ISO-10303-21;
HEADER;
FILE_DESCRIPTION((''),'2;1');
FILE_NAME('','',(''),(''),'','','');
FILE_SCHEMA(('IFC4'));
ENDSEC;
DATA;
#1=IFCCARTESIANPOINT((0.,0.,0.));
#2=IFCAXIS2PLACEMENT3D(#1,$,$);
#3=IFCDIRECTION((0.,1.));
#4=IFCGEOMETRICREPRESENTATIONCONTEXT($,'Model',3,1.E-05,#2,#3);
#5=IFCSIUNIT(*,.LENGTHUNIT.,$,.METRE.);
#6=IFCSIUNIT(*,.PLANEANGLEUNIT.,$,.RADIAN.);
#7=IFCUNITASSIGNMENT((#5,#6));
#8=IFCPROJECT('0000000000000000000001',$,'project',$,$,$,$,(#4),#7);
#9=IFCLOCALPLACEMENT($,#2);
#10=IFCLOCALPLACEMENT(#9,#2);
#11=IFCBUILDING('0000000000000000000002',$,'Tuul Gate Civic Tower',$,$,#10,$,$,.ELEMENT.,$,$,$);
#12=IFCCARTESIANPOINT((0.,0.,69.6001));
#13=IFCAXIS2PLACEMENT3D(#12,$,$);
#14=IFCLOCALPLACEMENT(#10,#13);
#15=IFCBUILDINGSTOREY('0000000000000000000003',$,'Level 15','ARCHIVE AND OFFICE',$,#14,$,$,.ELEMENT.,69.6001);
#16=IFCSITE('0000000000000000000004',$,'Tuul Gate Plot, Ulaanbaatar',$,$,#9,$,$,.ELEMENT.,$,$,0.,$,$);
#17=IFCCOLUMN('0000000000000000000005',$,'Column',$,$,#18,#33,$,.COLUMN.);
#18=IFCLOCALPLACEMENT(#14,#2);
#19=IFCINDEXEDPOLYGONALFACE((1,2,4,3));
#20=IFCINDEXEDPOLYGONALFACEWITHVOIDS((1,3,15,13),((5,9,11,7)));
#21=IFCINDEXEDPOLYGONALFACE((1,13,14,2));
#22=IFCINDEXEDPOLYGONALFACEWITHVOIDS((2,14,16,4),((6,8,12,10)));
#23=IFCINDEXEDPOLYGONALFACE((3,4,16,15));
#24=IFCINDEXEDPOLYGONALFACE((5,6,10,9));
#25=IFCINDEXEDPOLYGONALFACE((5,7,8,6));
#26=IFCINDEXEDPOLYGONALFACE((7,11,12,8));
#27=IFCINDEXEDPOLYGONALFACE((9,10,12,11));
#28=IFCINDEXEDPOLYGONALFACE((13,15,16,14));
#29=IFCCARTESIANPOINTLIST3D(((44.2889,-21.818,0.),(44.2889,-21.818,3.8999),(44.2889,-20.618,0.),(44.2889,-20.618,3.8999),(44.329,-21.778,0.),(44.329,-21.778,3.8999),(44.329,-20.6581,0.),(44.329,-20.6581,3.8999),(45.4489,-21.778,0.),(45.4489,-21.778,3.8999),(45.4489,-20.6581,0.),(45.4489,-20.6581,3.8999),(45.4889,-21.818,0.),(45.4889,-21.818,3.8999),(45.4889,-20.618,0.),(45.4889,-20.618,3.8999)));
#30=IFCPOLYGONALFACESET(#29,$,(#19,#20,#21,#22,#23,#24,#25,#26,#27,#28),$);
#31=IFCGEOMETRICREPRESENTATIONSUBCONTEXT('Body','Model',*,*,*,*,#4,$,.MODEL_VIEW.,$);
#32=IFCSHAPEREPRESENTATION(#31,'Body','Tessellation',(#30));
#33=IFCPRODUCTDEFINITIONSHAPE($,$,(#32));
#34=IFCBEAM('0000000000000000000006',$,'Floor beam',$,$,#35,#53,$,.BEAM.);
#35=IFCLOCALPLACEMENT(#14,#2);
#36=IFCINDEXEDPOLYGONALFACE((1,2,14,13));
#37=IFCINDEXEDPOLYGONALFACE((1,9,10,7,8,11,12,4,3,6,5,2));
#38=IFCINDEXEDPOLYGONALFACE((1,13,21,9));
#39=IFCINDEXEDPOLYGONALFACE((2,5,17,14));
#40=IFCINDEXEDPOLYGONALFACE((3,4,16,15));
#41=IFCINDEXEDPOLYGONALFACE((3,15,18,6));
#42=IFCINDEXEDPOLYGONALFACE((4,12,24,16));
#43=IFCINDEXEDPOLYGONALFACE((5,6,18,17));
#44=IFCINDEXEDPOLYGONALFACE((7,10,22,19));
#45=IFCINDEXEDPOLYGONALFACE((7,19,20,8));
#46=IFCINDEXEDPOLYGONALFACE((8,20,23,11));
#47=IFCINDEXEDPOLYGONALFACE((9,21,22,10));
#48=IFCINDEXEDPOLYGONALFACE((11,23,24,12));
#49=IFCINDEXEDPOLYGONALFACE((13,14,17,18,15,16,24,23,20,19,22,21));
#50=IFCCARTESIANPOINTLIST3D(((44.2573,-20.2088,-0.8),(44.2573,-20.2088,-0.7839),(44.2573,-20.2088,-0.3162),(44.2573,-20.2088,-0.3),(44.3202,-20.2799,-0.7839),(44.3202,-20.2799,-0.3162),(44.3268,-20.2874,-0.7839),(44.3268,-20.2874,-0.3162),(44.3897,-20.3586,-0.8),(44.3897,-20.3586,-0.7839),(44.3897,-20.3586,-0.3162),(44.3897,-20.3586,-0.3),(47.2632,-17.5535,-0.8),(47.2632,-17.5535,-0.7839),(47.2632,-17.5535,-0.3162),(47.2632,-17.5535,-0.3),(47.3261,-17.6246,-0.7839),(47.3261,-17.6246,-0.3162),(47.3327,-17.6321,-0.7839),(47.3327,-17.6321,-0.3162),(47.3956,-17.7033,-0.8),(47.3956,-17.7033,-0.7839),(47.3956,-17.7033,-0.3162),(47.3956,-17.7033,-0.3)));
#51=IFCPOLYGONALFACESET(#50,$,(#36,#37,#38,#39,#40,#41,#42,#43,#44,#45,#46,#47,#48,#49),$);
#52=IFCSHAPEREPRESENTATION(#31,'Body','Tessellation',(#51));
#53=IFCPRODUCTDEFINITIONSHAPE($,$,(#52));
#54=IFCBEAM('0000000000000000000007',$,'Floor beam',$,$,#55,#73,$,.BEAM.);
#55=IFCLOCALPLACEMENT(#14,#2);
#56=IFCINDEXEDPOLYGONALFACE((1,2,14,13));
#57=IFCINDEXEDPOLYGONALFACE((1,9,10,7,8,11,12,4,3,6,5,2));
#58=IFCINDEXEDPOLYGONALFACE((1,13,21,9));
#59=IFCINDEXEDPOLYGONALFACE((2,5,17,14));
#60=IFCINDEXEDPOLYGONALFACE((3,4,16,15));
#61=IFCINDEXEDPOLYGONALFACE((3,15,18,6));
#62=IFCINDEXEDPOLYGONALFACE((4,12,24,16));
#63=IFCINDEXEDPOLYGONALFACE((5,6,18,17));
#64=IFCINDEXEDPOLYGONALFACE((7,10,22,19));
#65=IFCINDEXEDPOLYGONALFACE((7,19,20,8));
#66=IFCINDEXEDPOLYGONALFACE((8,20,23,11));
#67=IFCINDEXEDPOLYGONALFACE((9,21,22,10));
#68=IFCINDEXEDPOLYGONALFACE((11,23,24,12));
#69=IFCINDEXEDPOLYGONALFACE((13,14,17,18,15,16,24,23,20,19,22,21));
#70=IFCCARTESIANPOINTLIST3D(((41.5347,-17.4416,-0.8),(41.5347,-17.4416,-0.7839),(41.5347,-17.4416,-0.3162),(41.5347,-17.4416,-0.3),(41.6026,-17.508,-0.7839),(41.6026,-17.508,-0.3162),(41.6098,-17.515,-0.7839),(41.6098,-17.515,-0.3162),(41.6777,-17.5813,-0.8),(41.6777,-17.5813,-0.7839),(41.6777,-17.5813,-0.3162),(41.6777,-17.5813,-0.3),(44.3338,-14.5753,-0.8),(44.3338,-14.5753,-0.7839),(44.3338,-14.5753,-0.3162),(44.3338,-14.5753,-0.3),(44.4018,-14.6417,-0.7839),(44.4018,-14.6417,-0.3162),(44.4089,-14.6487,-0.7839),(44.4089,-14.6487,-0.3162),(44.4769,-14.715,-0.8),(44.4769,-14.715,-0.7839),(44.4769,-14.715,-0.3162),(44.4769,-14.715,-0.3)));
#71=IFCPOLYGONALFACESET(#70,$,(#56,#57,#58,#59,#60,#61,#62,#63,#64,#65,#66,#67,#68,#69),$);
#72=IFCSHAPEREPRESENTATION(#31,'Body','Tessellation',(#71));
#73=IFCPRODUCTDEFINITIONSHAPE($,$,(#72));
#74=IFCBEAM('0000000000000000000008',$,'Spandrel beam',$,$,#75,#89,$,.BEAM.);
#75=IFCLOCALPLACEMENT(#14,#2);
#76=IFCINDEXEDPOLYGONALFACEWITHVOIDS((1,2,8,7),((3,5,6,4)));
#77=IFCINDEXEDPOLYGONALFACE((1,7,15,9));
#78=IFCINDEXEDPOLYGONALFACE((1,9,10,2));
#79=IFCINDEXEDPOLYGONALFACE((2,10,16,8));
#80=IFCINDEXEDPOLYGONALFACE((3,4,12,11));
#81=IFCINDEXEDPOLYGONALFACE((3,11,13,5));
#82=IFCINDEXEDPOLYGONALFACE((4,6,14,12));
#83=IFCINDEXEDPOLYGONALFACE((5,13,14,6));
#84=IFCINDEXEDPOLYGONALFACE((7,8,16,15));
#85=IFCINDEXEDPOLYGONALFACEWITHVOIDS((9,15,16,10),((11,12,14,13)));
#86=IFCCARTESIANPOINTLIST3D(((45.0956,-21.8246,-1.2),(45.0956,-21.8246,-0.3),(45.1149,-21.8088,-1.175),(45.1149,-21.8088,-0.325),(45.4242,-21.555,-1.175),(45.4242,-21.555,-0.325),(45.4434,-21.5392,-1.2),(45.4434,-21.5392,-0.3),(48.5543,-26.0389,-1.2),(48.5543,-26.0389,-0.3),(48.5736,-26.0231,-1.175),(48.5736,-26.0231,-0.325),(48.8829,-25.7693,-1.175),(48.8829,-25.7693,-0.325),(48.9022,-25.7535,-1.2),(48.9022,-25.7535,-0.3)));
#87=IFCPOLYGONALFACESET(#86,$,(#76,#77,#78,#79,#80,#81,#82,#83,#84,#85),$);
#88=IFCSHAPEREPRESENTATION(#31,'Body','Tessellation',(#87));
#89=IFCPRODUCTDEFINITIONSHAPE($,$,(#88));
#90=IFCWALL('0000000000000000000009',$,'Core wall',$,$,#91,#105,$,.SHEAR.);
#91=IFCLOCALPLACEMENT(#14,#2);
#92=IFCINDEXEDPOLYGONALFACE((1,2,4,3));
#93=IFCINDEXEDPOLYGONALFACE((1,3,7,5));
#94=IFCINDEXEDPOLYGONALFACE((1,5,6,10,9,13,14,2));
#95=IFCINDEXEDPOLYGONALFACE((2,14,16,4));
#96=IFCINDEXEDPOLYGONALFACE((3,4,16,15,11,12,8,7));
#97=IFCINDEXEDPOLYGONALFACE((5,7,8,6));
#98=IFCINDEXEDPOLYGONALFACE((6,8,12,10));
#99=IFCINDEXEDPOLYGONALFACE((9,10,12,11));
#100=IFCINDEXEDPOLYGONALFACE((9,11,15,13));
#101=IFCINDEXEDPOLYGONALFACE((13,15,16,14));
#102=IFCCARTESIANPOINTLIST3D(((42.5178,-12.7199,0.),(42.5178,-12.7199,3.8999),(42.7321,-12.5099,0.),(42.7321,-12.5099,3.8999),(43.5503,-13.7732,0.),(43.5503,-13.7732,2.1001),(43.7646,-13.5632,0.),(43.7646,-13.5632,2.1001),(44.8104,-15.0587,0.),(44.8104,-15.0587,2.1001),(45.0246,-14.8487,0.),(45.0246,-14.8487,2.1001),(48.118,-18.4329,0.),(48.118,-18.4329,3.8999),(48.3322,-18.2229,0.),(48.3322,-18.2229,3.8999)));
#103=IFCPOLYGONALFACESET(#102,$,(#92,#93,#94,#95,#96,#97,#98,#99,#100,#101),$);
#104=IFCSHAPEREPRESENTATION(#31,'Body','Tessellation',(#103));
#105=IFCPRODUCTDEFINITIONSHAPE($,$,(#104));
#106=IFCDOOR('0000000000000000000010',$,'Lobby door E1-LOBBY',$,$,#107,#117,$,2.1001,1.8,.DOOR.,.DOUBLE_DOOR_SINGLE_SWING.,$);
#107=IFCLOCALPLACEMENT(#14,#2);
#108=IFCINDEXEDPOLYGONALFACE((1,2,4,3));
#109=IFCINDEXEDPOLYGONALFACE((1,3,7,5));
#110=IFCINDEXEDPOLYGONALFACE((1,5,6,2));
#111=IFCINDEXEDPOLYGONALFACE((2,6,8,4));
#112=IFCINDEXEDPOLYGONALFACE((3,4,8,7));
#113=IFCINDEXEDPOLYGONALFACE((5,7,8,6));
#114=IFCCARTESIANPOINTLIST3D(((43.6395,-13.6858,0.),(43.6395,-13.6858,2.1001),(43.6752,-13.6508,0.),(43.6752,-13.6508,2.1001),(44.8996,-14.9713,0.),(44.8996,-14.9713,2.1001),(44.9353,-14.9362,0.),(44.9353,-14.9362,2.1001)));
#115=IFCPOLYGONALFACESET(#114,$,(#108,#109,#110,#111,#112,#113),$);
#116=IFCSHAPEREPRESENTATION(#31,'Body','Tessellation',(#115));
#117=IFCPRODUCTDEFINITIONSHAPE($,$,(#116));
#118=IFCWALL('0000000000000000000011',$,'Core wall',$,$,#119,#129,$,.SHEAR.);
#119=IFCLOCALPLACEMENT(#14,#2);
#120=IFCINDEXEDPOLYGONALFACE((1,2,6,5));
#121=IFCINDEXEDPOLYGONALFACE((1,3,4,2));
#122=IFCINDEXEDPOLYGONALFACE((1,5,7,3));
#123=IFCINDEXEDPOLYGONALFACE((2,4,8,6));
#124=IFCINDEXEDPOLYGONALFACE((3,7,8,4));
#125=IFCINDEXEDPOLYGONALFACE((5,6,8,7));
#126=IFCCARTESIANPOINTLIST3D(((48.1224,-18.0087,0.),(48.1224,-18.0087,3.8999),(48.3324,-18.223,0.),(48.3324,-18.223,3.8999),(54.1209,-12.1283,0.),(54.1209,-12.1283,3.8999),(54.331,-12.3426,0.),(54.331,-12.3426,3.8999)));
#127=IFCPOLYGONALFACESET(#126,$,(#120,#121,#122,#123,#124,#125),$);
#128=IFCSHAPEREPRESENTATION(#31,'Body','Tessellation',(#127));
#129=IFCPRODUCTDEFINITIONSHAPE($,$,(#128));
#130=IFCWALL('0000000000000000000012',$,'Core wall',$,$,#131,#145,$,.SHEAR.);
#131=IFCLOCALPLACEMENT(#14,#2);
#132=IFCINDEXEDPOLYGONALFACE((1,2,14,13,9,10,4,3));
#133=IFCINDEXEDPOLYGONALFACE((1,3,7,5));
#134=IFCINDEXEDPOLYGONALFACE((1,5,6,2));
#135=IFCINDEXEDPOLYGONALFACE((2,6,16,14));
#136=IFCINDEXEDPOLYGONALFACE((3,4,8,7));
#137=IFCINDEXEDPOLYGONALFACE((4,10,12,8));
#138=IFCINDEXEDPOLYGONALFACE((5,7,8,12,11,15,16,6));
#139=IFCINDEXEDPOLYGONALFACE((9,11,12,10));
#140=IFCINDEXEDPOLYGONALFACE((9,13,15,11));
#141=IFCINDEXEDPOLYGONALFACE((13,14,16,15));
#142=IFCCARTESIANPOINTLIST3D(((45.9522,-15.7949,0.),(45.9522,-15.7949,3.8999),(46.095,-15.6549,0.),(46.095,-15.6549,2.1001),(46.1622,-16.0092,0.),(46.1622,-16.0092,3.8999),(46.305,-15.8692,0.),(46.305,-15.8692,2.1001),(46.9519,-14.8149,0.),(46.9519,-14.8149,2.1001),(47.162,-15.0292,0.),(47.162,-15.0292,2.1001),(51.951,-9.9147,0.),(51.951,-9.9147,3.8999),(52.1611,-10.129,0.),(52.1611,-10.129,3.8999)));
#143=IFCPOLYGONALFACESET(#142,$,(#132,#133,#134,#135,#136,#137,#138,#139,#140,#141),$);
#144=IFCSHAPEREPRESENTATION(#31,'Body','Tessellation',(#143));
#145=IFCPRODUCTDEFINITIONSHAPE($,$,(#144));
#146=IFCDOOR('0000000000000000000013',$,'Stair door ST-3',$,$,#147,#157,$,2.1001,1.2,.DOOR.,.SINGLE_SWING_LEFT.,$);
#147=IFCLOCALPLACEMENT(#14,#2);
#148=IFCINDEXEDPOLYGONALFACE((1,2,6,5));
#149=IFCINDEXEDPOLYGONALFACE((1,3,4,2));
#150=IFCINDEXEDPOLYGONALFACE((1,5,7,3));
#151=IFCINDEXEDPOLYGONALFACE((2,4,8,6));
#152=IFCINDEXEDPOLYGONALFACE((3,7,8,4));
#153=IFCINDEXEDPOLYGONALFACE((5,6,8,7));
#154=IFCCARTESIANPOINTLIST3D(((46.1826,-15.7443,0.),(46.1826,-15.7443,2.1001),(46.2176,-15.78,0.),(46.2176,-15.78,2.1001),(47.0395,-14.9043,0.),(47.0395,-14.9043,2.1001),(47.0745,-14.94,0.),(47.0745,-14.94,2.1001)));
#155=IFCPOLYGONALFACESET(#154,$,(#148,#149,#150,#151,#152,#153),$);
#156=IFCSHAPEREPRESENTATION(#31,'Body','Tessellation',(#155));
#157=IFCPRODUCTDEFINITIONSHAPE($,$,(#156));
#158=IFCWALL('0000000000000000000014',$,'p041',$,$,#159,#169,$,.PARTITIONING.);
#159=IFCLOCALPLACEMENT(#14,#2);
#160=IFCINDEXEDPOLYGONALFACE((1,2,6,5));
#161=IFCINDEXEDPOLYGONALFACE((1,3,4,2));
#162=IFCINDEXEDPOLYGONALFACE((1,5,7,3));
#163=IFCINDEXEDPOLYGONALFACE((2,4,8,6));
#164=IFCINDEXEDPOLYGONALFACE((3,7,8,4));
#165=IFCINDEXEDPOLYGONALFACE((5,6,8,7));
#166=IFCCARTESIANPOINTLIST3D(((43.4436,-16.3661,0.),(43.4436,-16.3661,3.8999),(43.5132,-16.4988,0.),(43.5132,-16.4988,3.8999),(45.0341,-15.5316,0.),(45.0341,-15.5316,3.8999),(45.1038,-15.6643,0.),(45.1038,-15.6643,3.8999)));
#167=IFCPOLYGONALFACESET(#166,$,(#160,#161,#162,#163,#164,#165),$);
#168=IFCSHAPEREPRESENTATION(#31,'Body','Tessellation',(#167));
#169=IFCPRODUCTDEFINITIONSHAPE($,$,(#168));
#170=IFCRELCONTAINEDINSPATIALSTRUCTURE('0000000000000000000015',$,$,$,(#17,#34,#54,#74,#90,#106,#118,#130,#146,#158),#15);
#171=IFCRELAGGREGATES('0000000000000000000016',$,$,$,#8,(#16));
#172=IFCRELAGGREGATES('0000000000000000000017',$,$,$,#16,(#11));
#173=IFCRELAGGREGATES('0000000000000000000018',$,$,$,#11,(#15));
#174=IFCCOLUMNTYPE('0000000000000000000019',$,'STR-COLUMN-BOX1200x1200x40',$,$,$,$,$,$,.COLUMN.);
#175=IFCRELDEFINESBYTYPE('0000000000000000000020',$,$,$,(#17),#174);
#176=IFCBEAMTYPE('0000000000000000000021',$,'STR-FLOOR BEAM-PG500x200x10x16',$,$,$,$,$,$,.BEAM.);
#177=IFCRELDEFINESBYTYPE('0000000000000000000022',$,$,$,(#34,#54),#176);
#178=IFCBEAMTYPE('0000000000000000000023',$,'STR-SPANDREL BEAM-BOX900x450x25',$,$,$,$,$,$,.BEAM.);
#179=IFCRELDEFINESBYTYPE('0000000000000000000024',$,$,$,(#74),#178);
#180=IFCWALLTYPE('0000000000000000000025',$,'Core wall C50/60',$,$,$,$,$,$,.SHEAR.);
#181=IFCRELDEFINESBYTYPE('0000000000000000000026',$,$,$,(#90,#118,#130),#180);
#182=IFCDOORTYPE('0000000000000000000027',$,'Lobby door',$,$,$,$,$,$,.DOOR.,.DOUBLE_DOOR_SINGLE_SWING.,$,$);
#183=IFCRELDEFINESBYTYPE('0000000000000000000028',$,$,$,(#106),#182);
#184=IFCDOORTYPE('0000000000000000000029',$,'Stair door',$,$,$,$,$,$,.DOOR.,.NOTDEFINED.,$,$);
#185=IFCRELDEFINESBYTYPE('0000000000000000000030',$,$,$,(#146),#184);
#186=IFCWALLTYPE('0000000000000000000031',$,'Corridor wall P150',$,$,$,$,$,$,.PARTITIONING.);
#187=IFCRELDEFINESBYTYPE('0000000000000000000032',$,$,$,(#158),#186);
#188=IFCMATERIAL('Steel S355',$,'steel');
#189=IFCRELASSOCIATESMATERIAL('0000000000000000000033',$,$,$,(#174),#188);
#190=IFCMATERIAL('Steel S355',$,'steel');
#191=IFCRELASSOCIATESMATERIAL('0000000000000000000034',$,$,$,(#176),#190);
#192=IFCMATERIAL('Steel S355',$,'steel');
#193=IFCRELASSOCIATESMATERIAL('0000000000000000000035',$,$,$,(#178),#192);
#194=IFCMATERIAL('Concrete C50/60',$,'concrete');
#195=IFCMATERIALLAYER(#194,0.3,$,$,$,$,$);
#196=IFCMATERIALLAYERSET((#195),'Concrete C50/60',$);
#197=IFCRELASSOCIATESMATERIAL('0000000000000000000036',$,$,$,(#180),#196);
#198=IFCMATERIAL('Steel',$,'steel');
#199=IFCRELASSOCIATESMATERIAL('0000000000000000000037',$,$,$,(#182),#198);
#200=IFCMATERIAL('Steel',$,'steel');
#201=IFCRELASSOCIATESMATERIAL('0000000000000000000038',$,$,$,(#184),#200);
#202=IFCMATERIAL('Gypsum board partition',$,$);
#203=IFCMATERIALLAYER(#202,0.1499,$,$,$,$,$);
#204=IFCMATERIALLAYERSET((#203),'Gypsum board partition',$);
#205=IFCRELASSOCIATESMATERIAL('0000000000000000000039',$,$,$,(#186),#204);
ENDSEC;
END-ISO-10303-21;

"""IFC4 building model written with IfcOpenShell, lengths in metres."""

from ifc_helpers import new_model, si_unit, direction, frame, frame_2d, origin, origin_2d, place, context, subcontext, project, spatial, rectangle, hollow_rectangle, i_section, extrude, material, layer, layer_set, material_profile, profile_set, type_object, element, fill, save


model = new_model("IFC4")

# Units and contexts
model_context = context("Model", 3, precision=1e-05, world=origin(), true_north=direction((0.0, 1.0)))
body_context = subcontext(model_context, "Body", "Model", "MODEL_VIEW")
ifc_project = project(units=[si_unit("LENGTHUNIT", "METRE"), si_unit("PLANEANGLEUNIT", "RADIAN")], contexts=[model_context])

# Site, building, storey
site_placement = place(None, origin())
site = spatial("IfcSite", under=ifc_project, at=site_placement, Name="Tuul Gate Plot, Ulaanbaatar", CompositionType="ELEMENT", RefElevation=0.0)
building_placement = place(site_placement, origin())
building = spatial("IfcBuilding", under=site, at=building_placement, Name="Tuul Gate Civic Tower", CompositionType="ELEMENT")
storey_placement = place(building_placement, frame((0.0, 0.0, 69.6001)))
storey = spatial("IfcBuildingStorey", under=building, at=storey_placement, Name="Level 15", Description="ARCHIVE AND OFFICE", CompositionType="ELEMENT", Elevation=69.6001)

# Column
ifc_material_1 = material(Name="Steel S355", Category="steel")
ifc_material_profile_1 = material_profile(ifc_material_1, hollow_rectangle(XDim=1.2, YDim=1.2, WallThickness=0.04, at=origin_2d()), Name="BOX1200x1200x40")
ifc_profile_set_1 = profile_set([ifc_material_profile_1], Name="Steel S355")
column_type = type_object("IfcColumnType", Name="STR-COLUMN-BOX1200x1200x40", PredefinedType="COLUMN", material=ifc_profile_set_1)
column_placement = place(storey_placement, frame((44.8889, -21.218, 0.0), z_axis=(0.0, 0.0, 1.0), x_axis=(1.0, 0.0, 0.0)))
element("IfcColumn", 1, at=column_placement, inside=storey, type_object=column_type, Name="Column", PredefinedType="COLUMN", context=body_context, shape_type="SweptSolid", body=[
    extrude(hollow_rectangle(XDim=1.2, YDim=1.2, WallThickness=0.04, at=origin_2d()), origin(), (0.0, 0.0, 1.0), 3.8999),
])

# Beams
ifc_material_2 = material(Name="Steel S355", Category="steel")
ifc_material_profile_2 = material_profile(ifc_material_2, i_section(OverallWidth=0.2, OverallDepth=0.5, WebThickness=0.01, FlangeThickness=0.0161, at=origin_2d()), Name="PG500x200x10x16")
ifc_profile_set_2 = profile_set([ifc_material_profile_2], Name="Steel S355")
beam_type_1 = type_object("IfcBeamType", Name="STR-FLOOR BEAM-PG500x200x10x16", PredefinedType="BEAM", material=ifc_profile_set_2)
beam_1_placement = place(storey_placement, frame((44.3235, -20.2837, -0.55), z_axis=(0.749461, 0.662048, 0.0), x_axis=(-0.662048, 0.749461, 0.0)))
element("IfcBeam", 2, at=beam_1_placement, inside=storey, type_object=beam_type_1, Name="Floor beam", PredefinedType="BEAM", context=body_context, shape_type="SweptSolid", body=[
    extrude(i_section(OverallWidth=0.2, OverallDepth=0.5, WebThickness=0.01, FlangeThickness=0.0161, at=origin_2d()), origin(), (0.0, 0.0, 1.0), 4.0107),
])
beam_2_placement = place(storey_placement, frame((41.6062, -17.5115, -0.55), z_axis=(0.698678, 0.715436, 0.0), x_axis=(-0.715436, 0.698678, 0.0)))
element("IfcBeam", 3, at=beam_2_placement, inside=storey, type_object=beam_type_1, Name="Floor beam", PredefinedType="BEAM", context=body_context, shape_type="SweptSolid", body=[
    extrude(i_section(OverallWidth=0.2, OverallDepth=0.5, WebThickness=0.01, FlangeThickness=0.0161, at=origin_2d()), origin(), (0.0, 0.0, 1.0), 4.0063),
])
ifc_material_3 = material(Name="Steel S355", Category="steel")
ifc_material_profile_3 = material_profile(ifc_material_3, hollow_rectangle(XDim=0.45, YDim=0.8999, WallThickness=0.0249, at=origin_2d()), Name="BOX900x450x25")
ifc_profile_set_3 = profile_set([ifc_material_profile_3], Name="Steel S355")
beam_type_2 = type_object("IfcBeamType", Name="STR-SPANDREL BEAM-BOX900x450x25", PredefinedType="BEAM", material=ifc_profile_set_3)
beam_3_placement = place(storey_placement, frame((45.2695, -21.6819, -0.75), z_axis=(0.634405, -0.773001, 0.0), x_axis=(0.773001, 0.634405, 0.0)))
element("IfcBeam", 4, at=beam_3_placement, inside=storey, type_object=beam_type_2, Name="Spandrel beam", PredefinedType="BEAM", context=body_context, shape_type="SweptSolid", body=[
    extrude(hollow_rectangle(XDim=0.45, YDim=0.8999, WallThickness=0.0249, at=origin_2d()), origin(), (0.0, 0.0, 1.0), 5.4519),
])

# Wall, opening, door
ifc_material_4 = material(Name="Concrete C50/60", Category="concrete")
ifc_layer_1 = layer(ifc_material_4, 0.3)
ifc_layer_set_1 = layer_set([ifc_layer_1], Name="Concrete C50/60")
wall_type_1 = type_object("IfcWallType", Name="Core wall C50/60", PredefinedType="SHEAR", material=ifc_layer_set_1)
wall_1_placement = place(storey_placement, frame((48.2251, -18.3279, 0.0), z_axis=(0.0, 0.0, 1.0), x_axis=(-0.700022, 0.714121, 0.0)))
wall_1 = element("IfcWall", 5, at=wall_1_placement, inside=storey, type_object=wall_type_1, Name="Core wall", PredefinedType="SHEAR", context=body_context, shape_type="SweptSolid", body=[
    extrude(rectangle(XDim=8.0, YDim=0.3, at=frame_2d((4.0, 0.0))), origin(), (0.0, 0.0, 1.0), 3.8999),
])
opening_1_placement = place(wall_1_placement, frame((4.7251, 0.0, 0.0)))
opening_1 = element("IfcOpeningElement", 6, at=opening_1_placement, cuts=wall_1, PredefinedType="OPENING", context=body_context, shape_type="SweptSolid", body=[
    extrude(rectangle(XDim=1.8, YDim=2.1001, at=frame_2d((0.8999, 1.05))), frame((0.0, 0.1602, 0.0), z_axis=(0.0, -1.0, 0.0), x_axis=(1.0, 0.0, 0.0)), (0.0, 0.0, 1.0), 0.3201),
])
ifc_material_5 = material(Name="Steel", Category="steel")
door_type_1 = type_object("IfcDoorType", Name="Lobby door", OperationType="DOUBLE_DOOR_SINGLE_SWING", PredefinedType="DOOR", material=ifc_material_5)
door_1_placement = place(opening_1_placement, frame((1.8, 0.0, 0.0), z_axis=(0.0, 0.0, 1.0), x_axis=(-1.0, 0.0, 0.0)))
door_1 = element("IfcDoor", 7, at=door_1_placement, inside=storey, type_object=door_type_1, Name="Lobby door E1-LOBBY", OperationType="DOUBLE_DOOR_SINGLE_SWING", OverallHeight=2.1001, OverallWidth=1.8, PredefinedType="DOOR", context=body_context, shape_type="SweptSolid", body=[
    extrude(rectangle(XDim=1.8, YDim=2.1001, at=frame_2d((0.9001, 1.05))), frame((0.0, 0.0249, 0.0), z_axis=(0.0, -1.0, 0.0), x_axis=(1.0, 0.0, 0.0)), (0.0, 0.0, 1.0), 0.05),
])
fill(opening_1, door_1)

# Wall
wall_2_placement = place(storey_placement, frame((48.2273, -18.116, 0.0), z_axis=(0.0, 0.0, 1.0), x_axis=(0.714105, 0.700038, 0.0)))
element("IfcWall", 8, at=wall_2_placement, inside=storey, type_object=wall_type_1, Name="Core wall", PredefinedType="SHEAR", context=body_context, shape_type="SweptSolid", body=[
    extrude(rectangle(XDim=8.4001, YDim=0.3, at=frame_2d((4.2002, 0.0))), origin(), (0.0, 0.0, 1.0), 3.8999),
])

# Wall, opening, door
wall_3_placement = place(storey_placement, frame((46.0571, -15.9021, 0.0), z_axis=(0.0, 0.0, 1.0), x_axis=(0.714134, 0.700009, 0.0)))
wall_3 = element("IfcWall", 9, at=wall_3_placement, inside=storey, type_object=wall_type_1, Name="Core wall", PredefinedType="SHEAR", context=body_context, shape_type="SweptSolid", body=[
    extrude(rectangle(XDim=8.4001, YDim=0.3, at=frame_2d((4.2002, 0.0))), origin(), (0.0, 0.0, 1.0), 3.8999),
])
opening_2_placement = place(wall_3_placement, frame((0.2, 0.0, 0.0)))
opening_2 = element("IfcOpeningElement", 10, at=opening_2_placement, cuts=wall_3, PredefinedType="OPENING", context=body_context, shape_type="SweptSolid", body=[
    extrude(rectangle(XDim=1.2, YDim=2.1001, at=frame_2d((0.6001, 1.05))), frame((0.0, 0.1602, 0.0), z_axis=(0.0, -1.0, 0.0), x_axis=(1.0, 0.0, 0.0)), (0.0, 0.0, 1.0), 0.3201),
])
ifc_material_6 = material(Name="Steel", Category="steel")
door_type_2 = type_object("IfcDoorType", Name="Stair door", OperationType="NOTDEFINED", PredefinedType="DOOR", material=ifc_material_6)
door_2_placement = place(opening_2_placement, origin())
door_2 = element("IfcDoor", 11, at=door_2_placement, inside=storey, type_object=door_type_2, Name="Stair door ST-3", OperationType="SINGLE_SWING_LEFT", OverallHeight=2.1001, OverallWidth=1.2, PredefinedType="DOOR", context=body_context, shape_type="SweptSolid", body=[
    extrude(rectangle(XDim=1.2, YDim=2.1001, at=frame_2d((0.6001, 1.05))), frame((0.0, 0.0249, 0.0), z_axis=(0.0, -1.0, 0.0), x_axis=(1.0, 0.0, 0.0)), (0.0, 0.0, 1.0), 0.05),
])
fill(opening_2, door_2)

# Wall
ifc_material_7 = material(Name="Gypsum board partition")
ifc_layer_2 = layer(ifc_material_7, 0.1499)
ifc_layer_set_2 = layer_set([ifc_layer_2], Name="Gypsum board partition")
wall_type_2 = type_object("IfcWallType", Name="Corridor wall P150", PredefinedType="PARTITIONING", material=ifc_layer_set_2)
wall_4_placement = place(storey_placement, frame((43.4785, -16.4324, 0.0), z_axis=(0.0, 0.0, 1.0), x_axis=(0.885531, 0.464581, 0.0)))
element("IfcWall", 12, at=wall_4_placement, inside=storey, type_object=wall_type_2, Name="p041", PredefinedType="PARTITIONING", context=body_context, shape_type="SweptSolid", body=[
    extrude(rectangle(XDim=1.7961, YDim=0.1499, at=frame_2d((0.8979, 0.0))), origin(), (0.0, 0.0, 1.0), 3.8999),
])

save(model, "model.ifc")
